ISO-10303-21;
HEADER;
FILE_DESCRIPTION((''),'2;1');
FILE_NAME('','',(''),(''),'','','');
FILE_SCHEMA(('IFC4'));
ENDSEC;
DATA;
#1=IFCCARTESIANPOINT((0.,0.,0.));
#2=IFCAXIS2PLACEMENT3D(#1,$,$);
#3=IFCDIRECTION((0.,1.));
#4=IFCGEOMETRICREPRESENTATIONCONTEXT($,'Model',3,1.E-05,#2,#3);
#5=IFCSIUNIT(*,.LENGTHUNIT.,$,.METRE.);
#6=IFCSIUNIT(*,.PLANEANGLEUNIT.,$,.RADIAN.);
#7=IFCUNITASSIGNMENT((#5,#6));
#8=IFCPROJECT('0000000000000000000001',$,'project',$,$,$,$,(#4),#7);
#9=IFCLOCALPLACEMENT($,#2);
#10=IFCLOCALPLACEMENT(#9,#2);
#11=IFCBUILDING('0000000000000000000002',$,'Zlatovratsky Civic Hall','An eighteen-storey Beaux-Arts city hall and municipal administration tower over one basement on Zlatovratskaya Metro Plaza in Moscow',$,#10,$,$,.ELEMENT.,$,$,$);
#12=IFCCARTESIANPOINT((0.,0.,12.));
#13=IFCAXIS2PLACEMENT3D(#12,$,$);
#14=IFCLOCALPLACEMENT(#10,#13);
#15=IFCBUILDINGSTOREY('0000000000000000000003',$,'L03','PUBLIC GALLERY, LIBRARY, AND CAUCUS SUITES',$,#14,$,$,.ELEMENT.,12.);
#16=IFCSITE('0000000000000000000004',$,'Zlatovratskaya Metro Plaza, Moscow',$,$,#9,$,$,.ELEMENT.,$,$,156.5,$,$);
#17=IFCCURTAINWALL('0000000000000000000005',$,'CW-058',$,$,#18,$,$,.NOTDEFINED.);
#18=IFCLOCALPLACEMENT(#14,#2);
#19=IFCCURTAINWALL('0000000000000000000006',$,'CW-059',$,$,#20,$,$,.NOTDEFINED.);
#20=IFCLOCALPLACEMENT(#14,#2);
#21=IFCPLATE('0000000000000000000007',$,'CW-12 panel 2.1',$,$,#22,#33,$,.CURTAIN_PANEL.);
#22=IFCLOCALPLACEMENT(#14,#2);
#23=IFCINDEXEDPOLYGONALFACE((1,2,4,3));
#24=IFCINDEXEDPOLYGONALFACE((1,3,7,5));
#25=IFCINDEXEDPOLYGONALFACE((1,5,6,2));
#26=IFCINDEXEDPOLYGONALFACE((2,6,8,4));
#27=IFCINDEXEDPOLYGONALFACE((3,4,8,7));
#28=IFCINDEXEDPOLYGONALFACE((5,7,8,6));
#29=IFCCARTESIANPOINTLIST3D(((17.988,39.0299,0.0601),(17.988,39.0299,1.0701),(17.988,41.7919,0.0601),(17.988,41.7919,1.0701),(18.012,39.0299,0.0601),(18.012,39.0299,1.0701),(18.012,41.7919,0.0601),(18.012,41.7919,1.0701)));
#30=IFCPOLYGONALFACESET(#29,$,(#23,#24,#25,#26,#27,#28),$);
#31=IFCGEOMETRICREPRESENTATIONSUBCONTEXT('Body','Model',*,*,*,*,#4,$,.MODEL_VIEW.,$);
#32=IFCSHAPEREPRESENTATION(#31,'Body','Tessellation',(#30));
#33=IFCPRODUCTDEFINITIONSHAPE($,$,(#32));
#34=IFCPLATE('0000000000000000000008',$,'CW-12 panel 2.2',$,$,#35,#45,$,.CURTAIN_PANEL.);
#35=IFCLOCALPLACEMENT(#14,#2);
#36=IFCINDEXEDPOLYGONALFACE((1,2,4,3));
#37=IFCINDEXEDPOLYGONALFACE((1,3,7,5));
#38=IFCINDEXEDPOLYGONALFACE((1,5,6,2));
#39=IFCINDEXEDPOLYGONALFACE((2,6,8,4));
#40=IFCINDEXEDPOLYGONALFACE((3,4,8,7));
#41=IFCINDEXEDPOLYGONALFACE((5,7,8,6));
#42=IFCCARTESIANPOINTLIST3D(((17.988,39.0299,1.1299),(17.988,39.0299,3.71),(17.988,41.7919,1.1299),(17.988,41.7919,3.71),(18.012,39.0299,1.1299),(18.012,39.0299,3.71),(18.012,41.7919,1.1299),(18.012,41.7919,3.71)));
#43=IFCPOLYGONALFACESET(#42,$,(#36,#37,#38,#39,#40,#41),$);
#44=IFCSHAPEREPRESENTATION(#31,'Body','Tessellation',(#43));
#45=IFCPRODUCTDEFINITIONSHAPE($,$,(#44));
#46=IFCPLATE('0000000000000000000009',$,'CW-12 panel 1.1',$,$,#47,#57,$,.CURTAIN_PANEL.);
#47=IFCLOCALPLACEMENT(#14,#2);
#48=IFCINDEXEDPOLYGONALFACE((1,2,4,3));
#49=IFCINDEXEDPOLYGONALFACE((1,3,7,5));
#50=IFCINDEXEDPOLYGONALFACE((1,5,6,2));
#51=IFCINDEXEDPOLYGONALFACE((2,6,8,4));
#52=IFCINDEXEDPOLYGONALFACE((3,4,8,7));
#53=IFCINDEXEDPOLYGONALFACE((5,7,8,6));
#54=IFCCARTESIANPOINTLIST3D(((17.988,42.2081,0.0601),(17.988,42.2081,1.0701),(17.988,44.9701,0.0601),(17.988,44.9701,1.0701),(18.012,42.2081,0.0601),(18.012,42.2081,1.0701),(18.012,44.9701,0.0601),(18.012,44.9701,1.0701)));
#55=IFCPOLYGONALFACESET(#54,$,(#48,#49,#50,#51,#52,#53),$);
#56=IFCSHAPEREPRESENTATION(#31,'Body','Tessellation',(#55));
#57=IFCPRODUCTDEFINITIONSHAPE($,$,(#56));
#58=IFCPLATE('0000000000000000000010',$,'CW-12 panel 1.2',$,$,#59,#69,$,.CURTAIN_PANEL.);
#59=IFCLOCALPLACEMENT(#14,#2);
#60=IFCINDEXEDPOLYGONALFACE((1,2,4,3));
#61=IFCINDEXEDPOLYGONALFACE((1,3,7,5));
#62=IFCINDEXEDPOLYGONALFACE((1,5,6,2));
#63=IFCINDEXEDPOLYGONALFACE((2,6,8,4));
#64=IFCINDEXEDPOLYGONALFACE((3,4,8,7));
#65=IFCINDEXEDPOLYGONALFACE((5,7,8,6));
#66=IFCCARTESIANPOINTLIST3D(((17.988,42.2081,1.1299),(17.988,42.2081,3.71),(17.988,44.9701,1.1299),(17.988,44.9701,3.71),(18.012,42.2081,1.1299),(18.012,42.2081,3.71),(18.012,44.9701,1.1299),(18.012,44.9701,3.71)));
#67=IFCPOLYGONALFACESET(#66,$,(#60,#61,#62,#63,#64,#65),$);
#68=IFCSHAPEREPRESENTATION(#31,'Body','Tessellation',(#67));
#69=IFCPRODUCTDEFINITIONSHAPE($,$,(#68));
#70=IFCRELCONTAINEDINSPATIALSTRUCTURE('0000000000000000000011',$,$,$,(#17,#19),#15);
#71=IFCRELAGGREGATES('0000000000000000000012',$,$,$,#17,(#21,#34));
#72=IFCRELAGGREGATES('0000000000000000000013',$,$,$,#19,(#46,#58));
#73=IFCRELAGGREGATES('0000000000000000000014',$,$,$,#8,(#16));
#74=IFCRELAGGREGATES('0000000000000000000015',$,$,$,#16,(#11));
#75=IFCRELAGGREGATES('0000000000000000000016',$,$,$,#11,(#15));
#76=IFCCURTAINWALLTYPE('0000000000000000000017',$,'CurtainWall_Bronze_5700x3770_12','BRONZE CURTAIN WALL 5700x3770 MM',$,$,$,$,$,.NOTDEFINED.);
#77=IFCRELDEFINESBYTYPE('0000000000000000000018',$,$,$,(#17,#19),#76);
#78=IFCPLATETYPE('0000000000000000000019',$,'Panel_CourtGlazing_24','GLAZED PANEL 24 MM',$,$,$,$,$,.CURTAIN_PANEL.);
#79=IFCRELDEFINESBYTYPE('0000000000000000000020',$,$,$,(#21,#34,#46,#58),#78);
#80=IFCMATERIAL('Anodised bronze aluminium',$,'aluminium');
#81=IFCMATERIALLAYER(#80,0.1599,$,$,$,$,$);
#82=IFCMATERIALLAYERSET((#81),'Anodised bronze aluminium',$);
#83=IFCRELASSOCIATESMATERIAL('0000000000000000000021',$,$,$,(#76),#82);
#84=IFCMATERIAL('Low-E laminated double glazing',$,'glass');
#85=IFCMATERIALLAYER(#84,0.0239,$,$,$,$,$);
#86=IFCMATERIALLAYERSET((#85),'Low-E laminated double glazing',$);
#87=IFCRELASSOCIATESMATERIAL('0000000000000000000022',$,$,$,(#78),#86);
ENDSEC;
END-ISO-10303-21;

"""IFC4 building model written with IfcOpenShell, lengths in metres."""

from ifc_helpers import new_model, si_unit, direction, frame, origin, origin_2d, place, context, subcontext, project, spatial, rectangle, extrude, material, layer, layer_set, type_object, element, aggregate, save


model = new_model("IFC4")

# Units and contexts
model_context = context("Model", 3, precision=1e-05, world=origin(), true_north=direction((0.0, 1.0)))
body_context = subcontext(model_context, "Body", "Model", "MODEL_VIEW")
ifc_project = project(units=[si_unit("LENGTHUNIT", "METRE"), si_unit("PLANEANGLEUNIT", "RADIAN")], contexts=[model_context])

# Site, building, storey
site_placement = place(None, origin())
site = spatial("IfcSite", under=ifc_project, at=site_placement, Name="Zlatovratskaya Metro Plaza, Moscow", CompositionType="ELEMENT", RefElevation=156.5)
building_placement = place(site_placement, origin())
building = spatial("IfcBuilding", under=site, at=building_placement, Name="Zlatovratsky Civic Hall", Description="An eighteen-storey Beaux-Arts city hall and municipal administration tower over one basement on Zlatovratskaya Metro Plaza in Moscow", CompositionType="ELEMENT")
storey_placement = place(building_placement, frame((0.0, 0.0, 12.0)))
storey = spatial("IfcBuildingStorey", under=building, at=storey_placement, Name="L03", Description="PUBLIC GALLERY, LIBRARY, AND CAUCUS SUITES", CompositionType="ELEMENT", Elevation=12.0)

# Shared definitions
ifc_material_1 = material(Name="Anodised bronze aluminium", Category="aluminium")

# Curtain wall
ifc_layer_1 = layer(ifc_material_1, 0.1599)
ifc_layer_set_1 = layer_set([ifc_layer_1], Name="Anodised bronze aluminium")
curtain_wall_type_1 = type_object("IfcCurtainWallType", Name="CurtainWall_Bronze_5700x3770_12", Description="BRONZE CURTAIN WALL 5700x3770 MM", PredefinedType="NOTDEFINED", material=ifc_layer_set_1)
curtain_wall_1_placement = place(storey_placement, origin())
curtain_wall_1 = element("IfcCurtainWall", 1, at=curtain_wall_1_placement, inside=storey, type_object=curtain_wall_type_1, Name="CW-058", PredefinedType="NOTDEFINED")

# Curtain wall
curtain_wall_2_placement = place(storey_placement, origin())
curtain_wall_2 = element("IfcCurtainWall", 2, at=curtain_wall_2_placement, inside=storey, type_object=curtain_wall_type_1, Name="CW-059", PredefinedType="NOTDEFINED")

# Plates
ifc_material_2 = material(Name="Low-E laminated double glazing", Category="glass")
ifc_layer_2 = layer(ifc_material_2, 0.0239)
ifc_layer_set_2 = layer_set([ifc_layer_2], Name="Low-E laminated double glazing")
plate_type = type_object("IfcPlateType", Name="Panel_CourtGlazing_24", Description="GLAZED PANEL 24 MM", PredefinedType="CURTAIN_PANEL", material=ifc_layer_set_2)
plate_1_placement = place(storey_placement, frame((18.0, 40.4109, 0.0601), z_axis=(0.0, 0.0, 1.0), x_axis=(0.0, 1.0, 0.0)))
plate_1 = element("IfcPlate", 3, at=plate_1_placement, type_object=plate_type, Name="CW-12 panel 2.1", PredefinedType="CURTAIN_PANEL", context=body_context, shape_type="SweptSolid", body=[
    extrude(rectangle(XDim=2.762, YDim=0.0239, at=origin_2d()), origin(), (0.0, 0.0, 1.0), 1.01),
])
plate_2_placement = place(storey_placement, frame((18.0, 40.4109, 1.1299), z_axis=(0.0, 0.0, 1.0), x_axis=(0.0, 1.0, 0.0)))
plate_2 = element("IfcPlate", 4, at=plate_2_placement, type_object=plate_type, Name="CW-12 panel 2.2", PredefinedType="CURTAIN_PANEL", context=body_context, shape_type="SweptSolid", body=[
    extrude(rectangle(XDim=2.762, YDim=0.0239, at=origin_2d()), origin(), (0.0, 0.0, 1.0), 2.5801),
])
aggregate(curtain_wall_1, [plate_1, plate_2])
plate_3_placement = place(storey_placement, frame((18.0, 43.5891, 0.0601), z_axis=(0.0, 0.0, 1.0), x_axis=(0.0, 1.0, 0.0)))
plate_3 = element("IfcPlate", 5, at=plate_3_placement, type_object=plate_type, Name="CW-12 panel 1.1", PredefinedType="CURTAIN_PANEL", context=body_context, shape_type="SweptSolid", body=[
    extrude(rectangle(XDim=2.762, YDim=0.0239, at=origin_2d()), origin(), (0.0, 0.0, 1.0), 1.01),
])
plate_4_placement = place(storey_placement, frame((18.0, 43.5891, 1.1299), z_axis=(0.0, 0.0, 1.0), x_axis=(0.0, 1.0, 0.0)))
plate_4 = element("IfcPlate", 6, at=plate_4_placement, type_object=plate_type, Name="CW-12 panel 1.2", PredefinedType="CURTAIN_PANEL", context=body_context, shape_type="SweptSolid", body=[
    extrude(rectangle(XDim=2.762, YDim=0.0239, at=origin_2d()), origin(), (0.0, 0.0, 1.0), 2.5801),
])
aggregate(curtain_wall_2, [plate_3, plate_4])

save(model, "model.ifc")
